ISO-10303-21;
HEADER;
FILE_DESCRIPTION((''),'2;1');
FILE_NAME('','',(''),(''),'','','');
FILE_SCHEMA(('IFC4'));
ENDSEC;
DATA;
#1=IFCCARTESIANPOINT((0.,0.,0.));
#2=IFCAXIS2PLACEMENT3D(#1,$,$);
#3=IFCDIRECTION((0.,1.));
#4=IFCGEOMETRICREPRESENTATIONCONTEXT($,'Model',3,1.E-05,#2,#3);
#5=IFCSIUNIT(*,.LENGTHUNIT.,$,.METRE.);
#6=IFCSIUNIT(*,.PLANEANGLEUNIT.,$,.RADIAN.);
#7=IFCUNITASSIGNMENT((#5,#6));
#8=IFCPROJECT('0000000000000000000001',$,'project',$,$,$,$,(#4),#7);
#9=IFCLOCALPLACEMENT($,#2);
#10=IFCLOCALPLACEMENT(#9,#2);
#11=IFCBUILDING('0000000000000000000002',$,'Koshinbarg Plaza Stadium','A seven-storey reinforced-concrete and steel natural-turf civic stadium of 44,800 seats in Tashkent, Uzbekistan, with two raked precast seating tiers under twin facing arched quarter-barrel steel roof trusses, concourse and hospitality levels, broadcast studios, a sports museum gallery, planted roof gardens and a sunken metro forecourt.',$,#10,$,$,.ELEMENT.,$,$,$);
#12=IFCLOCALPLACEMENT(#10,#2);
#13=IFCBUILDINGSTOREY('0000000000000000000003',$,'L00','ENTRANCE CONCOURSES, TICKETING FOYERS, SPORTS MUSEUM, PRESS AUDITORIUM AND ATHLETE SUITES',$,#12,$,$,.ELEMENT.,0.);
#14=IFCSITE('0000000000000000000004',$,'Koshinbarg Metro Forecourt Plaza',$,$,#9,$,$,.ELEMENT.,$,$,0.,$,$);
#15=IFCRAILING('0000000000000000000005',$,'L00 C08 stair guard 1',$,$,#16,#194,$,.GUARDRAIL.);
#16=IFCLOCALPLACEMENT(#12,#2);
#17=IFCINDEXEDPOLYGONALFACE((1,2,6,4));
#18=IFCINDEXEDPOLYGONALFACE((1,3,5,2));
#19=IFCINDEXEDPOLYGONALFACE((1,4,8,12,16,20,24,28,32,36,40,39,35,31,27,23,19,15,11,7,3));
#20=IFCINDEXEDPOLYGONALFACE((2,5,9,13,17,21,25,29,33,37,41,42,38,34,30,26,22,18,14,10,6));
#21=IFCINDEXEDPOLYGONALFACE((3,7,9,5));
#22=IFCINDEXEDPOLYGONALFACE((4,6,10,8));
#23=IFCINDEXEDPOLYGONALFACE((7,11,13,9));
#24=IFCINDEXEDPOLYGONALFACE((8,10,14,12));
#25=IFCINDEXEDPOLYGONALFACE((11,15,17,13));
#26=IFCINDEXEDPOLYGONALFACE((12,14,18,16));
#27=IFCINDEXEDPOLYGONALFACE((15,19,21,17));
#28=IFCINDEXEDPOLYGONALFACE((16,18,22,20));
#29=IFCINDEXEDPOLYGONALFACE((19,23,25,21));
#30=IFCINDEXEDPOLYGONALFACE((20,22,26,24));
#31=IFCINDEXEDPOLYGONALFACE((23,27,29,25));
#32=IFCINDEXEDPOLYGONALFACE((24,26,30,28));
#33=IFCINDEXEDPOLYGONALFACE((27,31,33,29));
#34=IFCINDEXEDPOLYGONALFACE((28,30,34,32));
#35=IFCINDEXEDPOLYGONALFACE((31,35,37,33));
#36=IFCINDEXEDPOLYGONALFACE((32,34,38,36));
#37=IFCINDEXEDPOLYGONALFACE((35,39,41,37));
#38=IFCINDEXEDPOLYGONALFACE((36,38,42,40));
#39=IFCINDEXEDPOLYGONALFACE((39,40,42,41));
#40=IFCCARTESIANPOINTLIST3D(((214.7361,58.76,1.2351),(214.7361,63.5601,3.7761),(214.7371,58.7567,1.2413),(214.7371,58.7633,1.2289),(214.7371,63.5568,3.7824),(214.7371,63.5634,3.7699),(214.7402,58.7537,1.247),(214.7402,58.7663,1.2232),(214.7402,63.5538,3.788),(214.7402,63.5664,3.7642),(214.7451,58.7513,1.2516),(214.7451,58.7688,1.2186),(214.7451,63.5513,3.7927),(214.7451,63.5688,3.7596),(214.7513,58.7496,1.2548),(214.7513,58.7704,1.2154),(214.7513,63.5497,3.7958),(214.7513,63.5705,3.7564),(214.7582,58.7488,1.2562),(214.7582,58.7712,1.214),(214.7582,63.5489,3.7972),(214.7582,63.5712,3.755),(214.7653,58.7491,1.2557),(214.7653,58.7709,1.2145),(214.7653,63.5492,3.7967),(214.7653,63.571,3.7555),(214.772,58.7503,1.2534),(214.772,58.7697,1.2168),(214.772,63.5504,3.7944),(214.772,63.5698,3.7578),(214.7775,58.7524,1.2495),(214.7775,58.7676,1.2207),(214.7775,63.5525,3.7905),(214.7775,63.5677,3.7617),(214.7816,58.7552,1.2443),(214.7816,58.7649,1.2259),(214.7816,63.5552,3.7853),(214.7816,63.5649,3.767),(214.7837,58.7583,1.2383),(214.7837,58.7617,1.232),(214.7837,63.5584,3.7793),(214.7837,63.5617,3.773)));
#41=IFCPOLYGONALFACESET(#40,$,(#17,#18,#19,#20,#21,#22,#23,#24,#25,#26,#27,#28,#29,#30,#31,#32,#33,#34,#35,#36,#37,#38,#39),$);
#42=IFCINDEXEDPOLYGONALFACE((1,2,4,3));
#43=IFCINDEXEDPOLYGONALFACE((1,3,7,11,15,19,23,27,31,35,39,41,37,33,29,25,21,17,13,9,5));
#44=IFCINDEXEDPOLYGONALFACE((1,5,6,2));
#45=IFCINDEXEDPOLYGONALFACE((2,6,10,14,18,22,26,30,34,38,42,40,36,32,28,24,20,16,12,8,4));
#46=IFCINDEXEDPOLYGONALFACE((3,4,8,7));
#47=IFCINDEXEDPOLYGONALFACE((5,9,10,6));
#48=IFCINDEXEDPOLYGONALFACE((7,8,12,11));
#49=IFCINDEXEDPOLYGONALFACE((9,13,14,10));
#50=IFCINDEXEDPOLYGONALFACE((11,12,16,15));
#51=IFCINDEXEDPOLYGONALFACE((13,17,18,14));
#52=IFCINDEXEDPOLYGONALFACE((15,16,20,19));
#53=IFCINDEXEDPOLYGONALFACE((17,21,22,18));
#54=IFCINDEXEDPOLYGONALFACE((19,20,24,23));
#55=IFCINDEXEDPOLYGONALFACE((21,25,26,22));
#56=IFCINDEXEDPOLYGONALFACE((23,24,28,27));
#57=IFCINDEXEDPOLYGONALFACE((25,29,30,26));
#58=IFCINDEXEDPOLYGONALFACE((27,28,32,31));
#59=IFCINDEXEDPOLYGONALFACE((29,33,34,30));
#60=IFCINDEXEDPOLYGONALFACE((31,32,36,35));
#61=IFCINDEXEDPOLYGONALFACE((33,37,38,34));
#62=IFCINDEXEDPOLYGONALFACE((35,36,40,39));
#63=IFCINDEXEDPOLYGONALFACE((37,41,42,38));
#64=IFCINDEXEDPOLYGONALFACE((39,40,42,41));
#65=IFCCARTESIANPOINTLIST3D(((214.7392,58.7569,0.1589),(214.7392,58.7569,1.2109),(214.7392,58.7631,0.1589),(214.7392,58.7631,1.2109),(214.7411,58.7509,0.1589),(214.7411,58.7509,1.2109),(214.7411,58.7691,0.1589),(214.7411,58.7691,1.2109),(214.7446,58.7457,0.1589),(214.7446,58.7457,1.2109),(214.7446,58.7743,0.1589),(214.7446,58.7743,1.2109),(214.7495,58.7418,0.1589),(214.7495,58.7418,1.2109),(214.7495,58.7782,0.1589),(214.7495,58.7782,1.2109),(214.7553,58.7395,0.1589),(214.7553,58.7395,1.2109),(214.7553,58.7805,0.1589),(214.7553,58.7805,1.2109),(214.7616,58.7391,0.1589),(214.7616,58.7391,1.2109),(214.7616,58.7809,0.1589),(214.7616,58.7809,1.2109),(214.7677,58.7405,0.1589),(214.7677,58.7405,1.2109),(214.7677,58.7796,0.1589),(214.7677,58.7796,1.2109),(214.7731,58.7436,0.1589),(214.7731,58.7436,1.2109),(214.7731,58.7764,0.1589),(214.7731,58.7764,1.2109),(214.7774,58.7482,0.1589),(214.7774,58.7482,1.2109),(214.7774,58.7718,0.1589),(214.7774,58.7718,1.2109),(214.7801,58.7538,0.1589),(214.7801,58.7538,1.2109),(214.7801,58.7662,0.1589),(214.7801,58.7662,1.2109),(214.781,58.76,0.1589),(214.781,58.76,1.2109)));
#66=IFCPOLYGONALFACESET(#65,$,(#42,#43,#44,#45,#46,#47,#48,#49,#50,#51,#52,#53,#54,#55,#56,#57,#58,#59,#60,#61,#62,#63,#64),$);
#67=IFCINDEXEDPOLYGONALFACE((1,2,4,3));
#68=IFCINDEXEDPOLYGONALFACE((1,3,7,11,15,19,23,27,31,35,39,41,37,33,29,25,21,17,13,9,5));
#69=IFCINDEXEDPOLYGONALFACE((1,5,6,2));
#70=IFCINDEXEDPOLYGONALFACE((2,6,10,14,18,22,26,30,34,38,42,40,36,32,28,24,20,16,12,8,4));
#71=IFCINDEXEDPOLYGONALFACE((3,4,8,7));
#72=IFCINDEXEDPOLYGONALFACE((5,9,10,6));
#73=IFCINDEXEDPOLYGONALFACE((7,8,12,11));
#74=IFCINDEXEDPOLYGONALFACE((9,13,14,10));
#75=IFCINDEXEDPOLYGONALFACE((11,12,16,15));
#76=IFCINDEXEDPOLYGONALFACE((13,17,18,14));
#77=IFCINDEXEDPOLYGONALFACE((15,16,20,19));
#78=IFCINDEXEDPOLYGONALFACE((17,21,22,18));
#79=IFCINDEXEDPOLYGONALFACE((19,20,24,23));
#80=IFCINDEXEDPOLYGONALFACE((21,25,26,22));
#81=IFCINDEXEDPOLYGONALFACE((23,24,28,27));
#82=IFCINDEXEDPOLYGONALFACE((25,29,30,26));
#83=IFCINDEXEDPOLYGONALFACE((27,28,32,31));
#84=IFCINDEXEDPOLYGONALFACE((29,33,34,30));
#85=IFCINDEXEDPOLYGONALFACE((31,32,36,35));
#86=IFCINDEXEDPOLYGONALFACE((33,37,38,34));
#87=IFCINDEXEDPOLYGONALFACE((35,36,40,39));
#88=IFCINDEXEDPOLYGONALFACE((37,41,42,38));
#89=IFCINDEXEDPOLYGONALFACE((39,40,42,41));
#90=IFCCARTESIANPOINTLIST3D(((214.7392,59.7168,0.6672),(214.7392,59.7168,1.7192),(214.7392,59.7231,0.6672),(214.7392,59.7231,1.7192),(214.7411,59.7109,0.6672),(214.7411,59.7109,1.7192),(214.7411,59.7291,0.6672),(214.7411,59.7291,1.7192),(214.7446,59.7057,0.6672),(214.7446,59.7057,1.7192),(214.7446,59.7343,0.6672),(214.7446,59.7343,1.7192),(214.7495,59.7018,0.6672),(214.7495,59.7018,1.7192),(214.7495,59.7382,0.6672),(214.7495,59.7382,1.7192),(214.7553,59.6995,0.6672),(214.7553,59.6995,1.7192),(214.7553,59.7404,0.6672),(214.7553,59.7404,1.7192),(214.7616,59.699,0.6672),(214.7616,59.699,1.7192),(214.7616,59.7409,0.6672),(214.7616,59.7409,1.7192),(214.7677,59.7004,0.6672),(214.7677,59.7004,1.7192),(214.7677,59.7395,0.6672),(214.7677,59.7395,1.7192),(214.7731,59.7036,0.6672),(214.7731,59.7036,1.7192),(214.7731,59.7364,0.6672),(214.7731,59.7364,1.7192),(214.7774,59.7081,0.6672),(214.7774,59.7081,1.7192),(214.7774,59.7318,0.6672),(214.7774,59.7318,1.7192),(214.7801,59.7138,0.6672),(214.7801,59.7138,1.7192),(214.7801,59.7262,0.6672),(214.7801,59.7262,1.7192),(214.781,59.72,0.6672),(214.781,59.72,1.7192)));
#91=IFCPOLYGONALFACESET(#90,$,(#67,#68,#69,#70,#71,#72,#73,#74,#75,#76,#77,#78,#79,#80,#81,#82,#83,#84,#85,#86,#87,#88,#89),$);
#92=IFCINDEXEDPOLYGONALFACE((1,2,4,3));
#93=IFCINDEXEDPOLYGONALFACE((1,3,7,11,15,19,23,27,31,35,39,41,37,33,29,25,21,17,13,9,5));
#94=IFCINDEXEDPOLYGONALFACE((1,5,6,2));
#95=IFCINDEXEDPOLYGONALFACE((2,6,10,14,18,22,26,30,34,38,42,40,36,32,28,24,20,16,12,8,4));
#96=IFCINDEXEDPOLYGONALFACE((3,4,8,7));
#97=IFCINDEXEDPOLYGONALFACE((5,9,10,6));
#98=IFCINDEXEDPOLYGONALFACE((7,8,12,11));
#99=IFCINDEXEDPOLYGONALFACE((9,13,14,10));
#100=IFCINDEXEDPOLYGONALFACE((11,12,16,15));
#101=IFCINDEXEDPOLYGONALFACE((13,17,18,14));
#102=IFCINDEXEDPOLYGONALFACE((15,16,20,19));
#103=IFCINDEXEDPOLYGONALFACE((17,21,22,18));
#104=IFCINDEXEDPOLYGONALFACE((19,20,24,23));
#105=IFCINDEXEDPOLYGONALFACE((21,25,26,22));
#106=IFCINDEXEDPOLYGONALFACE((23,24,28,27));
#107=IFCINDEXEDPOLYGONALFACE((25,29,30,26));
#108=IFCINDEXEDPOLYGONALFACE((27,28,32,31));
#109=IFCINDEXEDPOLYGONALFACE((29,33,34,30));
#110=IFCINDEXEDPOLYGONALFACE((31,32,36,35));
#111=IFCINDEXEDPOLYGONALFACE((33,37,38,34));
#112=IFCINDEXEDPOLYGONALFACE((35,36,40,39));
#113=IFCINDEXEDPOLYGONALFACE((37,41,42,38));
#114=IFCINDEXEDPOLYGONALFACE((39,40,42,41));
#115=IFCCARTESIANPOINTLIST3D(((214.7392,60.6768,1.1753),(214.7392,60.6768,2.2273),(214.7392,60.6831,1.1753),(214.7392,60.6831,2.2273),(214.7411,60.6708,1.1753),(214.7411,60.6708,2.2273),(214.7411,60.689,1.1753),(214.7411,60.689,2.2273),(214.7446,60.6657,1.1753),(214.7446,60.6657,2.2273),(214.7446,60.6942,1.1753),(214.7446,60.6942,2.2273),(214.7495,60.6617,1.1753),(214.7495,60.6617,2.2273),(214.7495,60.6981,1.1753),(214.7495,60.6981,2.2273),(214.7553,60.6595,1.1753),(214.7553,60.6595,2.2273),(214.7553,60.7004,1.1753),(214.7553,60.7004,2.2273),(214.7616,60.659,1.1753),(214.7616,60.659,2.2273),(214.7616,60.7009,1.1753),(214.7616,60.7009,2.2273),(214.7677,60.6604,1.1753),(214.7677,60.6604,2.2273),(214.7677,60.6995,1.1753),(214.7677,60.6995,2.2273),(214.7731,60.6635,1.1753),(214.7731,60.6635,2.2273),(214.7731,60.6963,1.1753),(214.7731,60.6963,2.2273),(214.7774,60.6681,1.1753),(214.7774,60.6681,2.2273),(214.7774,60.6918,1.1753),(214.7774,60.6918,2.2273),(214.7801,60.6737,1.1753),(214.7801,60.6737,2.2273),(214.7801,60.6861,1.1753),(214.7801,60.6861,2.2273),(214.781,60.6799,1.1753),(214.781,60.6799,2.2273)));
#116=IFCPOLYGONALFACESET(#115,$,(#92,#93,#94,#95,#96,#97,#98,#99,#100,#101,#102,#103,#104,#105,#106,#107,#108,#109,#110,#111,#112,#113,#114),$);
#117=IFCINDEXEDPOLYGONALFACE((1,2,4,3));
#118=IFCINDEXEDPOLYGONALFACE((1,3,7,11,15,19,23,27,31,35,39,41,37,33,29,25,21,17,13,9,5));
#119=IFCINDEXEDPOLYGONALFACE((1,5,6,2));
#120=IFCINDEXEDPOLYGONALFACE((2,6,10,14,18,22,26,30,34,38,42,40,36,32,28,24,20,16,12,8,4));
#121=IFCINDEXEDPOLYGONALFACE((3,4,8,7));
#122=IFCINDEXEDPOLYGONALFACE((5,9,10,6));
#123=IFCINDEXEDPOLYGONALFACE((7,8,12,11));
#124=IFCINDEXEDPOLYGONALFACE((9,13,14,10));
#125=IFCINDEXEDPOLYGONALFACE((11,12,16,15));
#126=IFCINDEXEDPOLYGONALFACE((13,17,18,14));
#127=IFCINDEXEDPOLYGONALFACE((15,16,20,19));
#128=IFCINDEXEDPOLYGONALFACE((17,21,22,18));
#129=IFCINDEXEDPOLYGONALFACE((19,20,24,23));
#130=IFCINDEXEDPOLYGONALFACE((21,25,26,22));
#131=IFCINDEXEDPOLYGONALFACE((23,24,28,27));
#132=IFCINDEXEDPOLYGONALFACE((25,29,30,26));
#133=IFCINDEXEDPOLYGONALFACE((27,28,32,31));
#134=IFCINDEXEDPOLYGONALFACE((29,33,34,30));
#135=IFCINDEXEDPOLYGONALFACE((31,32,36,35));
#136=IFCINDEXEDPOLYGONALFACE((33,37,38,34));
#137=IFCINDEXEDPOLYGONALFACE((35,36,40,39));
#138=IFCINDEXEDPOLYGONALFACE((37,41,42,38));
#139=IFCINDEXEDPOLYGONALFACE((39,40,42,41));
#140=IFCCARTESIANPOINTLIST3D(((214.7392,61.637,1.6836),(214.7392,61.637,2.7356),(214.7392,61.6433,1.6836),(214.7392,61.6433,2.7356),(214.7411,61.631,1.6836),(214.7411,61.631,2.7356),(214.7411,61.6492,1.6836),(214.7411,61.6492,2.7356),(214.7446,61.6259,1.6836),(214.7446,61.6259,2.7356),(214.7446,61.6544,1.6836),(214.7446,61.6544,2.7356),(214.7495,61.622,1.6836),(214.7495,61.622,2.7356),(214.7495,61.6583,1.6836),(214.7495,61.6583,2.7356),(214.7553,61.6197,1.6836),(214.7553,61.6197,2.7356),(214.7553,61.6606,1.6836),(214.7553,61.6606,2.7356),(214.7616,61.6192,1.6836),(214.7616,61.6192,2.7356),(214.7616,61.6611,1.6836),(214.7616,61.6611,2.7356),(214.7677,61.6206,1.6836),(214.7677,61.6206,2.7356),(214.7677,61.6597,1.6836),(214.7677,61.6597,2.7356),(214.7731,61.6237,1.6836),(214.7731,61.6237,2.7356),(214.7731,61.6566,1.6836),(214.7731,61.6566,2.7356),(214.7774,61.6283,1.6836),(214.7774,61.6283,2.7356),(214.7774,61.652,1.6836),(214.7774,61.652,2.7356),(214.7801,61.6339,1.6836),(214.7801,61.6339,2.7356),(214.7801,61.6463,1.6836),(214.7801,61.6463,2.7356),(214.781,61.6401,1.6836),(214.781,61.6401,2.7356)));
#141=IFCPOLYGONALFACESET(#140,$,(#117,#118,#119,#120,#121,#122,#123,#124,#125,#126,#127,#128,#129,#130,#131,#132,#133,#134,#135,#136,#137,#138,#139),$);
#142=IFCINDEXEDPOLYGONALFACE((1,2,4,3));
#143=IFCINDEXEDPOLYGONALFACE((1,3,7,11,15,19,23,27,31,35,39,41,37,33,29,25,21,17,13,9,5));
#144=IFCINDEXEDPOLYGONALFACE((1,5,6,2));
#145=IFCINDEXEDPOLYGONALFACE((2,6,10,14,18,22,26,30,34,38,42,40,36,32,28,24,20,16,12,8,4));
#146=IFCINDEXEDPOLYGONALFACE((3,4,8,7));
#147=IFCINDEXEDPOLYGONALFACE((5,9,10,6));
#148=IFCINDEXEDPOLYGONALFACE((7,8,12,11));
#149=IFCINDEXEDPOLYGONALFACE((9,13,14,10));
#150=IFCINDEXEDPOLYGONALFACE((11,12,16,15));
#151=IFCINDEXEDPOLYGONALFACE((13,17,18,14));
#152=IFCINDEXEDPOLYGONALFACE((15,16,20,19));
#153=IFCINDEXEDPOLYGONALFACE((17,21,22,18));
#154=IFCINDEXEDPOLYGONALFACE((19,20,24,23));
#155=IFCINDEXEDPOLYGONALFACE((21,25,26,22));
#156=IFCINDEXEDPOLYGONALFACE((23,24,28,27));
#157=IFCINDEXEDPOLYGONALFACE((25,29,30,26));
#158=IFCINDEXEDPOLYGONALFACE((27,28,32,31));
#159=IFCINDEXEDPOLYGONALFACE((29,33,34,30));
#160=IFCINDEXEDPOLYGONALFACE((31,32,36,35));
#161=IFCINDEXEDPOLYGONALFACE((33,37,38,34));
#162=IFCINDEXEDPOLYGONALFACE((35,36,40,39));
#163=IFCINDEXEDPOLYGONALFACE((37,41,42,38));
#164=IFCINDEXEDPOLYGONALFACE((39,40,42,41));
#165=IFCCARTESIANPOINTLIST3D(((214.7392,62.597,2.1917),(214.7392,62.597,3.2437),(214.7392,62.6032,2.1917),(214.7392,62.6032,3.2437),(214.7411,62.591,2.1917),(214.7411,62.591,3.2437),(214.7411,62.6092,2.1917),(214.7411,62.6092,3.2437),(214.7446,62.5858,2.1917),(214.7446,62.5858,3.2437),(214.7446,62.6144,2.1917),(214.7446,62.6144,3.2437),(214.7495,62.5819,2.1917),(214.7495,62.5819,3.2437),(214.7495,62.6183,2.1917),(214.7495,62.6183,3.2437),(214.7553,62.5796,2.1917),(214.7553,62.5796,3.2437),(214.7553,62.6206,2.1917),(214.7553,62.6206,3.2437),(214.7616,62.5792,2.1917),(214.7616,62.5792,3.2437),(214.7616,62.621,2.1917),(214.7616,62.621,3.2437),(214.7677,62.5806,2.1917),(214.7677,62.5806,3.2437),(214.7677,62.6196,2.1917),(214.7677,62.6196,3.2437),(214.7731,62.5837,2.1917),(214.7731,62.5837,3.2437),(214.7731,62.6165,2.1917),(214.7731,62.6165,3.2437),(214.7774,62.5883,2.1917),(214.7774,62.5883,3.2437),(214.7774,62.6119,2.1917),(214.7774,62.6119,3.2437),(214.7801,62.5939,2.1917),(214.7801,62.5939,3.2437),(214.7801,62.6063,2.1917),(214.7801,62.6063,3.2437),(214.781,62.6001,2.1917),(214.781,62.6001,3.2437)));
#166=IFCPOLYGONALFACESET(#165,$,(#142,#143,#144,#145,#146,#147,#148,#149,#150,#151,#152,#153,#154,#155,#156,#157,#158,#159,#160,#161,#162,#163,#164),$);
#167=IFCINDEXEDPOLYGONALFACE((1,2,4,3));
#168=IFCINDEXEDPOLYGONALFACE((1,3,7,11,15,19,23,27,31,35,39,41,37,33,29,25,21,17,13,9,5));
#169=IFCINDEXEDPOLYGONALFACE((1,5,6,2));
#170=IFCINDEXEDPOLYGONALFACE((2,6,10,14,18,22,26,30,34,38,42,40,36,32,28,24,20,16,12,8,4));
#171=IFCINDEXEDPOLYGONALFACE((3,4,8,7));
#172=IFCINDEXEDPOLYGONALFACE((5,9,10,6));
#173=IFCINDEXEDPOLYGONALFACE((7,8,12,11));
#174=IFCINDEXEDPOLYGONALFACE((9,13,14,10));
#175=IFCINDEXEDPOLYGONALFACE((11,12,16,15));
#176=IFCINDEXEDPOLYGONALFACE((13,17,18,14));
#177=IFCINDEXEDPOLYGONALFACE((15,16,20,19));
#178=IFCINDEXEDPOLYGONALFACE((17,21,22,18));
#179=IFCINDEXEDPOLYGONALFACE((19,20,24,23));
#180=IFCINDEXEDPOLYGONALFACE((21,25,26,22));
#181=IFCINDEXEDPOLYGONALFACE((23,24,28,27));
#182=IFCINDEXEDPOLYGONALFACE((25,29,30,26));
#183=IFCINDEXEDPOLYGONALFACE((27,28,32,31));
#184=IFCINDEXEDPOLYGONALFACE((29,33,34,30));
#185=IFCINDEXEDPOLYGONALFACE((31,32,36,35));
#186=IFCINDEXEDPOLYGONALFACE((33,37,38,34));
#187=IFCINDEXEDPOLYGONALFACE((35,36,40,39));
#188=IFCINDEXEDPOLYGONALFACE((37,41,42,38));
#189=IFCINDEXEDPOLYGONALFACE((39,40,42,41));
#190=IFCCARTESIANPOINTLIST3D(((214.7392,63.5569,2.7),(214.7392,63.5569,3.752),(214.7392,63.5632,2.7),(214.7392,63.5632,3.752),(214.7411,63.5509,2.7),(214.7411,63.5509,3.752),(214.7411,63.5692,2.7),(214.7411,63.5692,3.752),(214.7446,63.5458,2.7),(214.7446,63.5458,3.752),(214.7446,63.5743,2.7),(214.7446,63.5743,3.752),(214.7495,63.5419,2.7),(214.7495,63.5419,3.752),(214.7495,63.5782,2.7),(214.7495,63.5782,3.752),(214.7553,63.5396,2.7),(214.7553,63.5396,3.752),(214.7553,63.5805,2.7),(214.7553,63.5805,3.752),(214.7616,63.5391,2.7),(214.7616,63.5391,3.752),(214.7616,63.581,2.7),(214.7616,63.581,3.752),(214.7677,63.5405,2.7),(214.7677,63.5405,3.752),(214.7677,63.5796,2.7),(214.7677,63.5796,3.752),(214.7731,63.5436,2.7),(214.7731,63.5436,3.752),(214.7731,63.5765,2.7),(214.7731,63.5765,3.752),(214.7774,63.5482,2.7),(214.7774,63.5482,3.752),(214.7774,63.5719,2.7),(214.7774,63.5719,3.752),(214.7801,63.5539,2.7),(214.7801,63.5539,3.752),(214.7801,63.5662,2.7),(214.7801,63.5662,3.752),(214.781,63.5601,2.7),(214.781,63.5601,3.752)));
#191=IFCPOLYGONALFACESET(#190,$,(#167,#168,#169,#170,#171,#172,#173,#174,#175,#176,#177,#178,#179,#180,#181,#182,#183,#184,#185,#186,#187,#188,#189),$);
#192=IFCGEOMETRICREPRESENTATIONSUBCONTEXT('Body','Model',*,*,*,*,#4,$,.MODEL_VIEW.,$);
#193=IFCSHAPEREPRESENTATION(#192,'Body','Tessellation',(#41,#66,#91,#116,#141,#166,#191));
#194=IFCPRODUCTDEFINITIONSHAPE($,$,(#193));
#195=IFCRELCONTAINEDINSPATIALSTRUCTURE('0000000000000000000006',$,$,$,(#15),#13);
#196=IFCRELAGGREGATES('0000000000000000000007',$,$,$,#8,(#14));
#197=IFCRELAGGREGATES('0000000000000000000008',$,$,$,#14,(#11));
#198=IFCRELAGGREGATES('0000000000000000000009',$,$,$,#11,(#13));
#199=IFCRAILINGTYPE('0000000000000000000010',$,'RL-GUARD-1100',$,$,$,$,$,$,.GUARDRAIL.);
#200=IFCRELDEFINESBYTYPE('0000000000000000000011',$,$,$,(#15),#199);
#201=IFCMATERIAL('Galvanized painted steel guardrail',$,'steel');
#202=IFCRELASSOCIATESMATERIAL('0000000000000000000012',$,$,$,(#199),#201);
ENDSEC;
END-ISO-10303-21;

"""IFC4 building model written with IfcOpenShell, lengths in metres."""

from ifc_helpers import new_model, si_unit, direction, frame, origin, origin_2d, place, context, subcontext, project, spatial, circle, extrude, material, type_object, element, save


model = new_model("IFC4")

# Units and contexts
model_context = context("Model", 3, precision=1e-05, world=origin(), true_north=direction((0.0, 1.0)))
body_context = subcontext(model_context, "Body", "Model", "MODEL_VIEW")
ifc_project = project(units=[si_unit("LENGTHUNIT", "METRE"), si_unit("PLANEANGLEUNIT", "RADIAN")], contexts=[model_context])

# Site, building, storey
site_placement = place(None, origin())
site = spatial("IfcSite", under=ifc_project, at=site_placement, Name="Koshinbarg Metro Forecourt Plaza", CompositionType="ELEMENT", RefElevation=0.0)
building_placement = place(site_placement, origin())
building = spatial("IfcBuilding", under=site, at=building_placement, Name="Koshinbarg Plaza Stadium", Description="A seven-storey reinforced-concrete and steel natural-turf civic stadium of 44,800 seats in Tashkent, Uzbekistan, with two raked precast seating tiers under twin facing arched quarter-barrel steel roof trusses, concourse and hospitality levels, broadcast studios, a sports museum gallery, planted roof gardens and a sunken metro forecourt.", CompositionType="ELEMENT")
storey_placement = place(building_placement, origin())
storey = spatial("IfcBuildingStorey", under=building, at=storey_placement, Name="L00", Description="ENTRANCE CONCOURSES, TICKETING FOYERS, SPORTS MUSEUM, PRESS AUDITORIUM AND ATHLETE SUITES", CompositionType="ELEMENT", Elevation=0.0)

# Railing
ifc_material_1 = material(Name="Galvanized painted steel guardrail", Category="steel")
railing_type_1 = type_object("IfcRailingType", Name="RL-GUARD-1100", PredefinedType="GUARDRAIL", material=ifc_material_1)
railing_1_placement = place(storey_placement, frame((214.76, 58.76, 0.1589)))
element("IfcRailing", 1, at=railing_1_placement, inside=storey, type_object=railing_type_1, Name="L00 C08 stair guard 1", PredefinedType="GUARDRAIL", context=body_context, shape_type="SweptSolid", body=[
    extrude(circle(Radius=0.0239, at=origin_2d()), frame((0.0, 0.0, 1.0762), z_axis=(0.0, 0.883802, 0.467861), x_axis=(-1.0, 0.0, 0.0)), (0.0, 0.0, 1.0), 5.4312),
    extrude(circle(Radius=0.021, at=origin_2d()), origin(), (0.0, 0.0, 1.0), 1.052),
    extrude(circle(Radius=0.021, at=origin_2d()), frame((0.0, 0.96, 0.5083)), (0.0, 0.0, 1.0), 1.052),
    extrude(circle(Radius=0.021, at=origin_2d()), frame((0.0, 1.9199, 1.0164)), (0.0, 0.0, 1.0), 1.052),
    extrude(circle(Radius=0.021, at=origin_2d()), frame((0.0, 2.8801, 1.5247)), (0.0, 0.0, 1.0), 1.052),
    extrude(circle(Radius=0.021, at=origin_2d()), frame((0.0, 3.8401, 2.0327)), (0.0, 0.0, 1.0), 1.052),
    extrude(circle(Radius=0.021, at=origin_2d()), frame((0.0, 4.8, 2.541)), (0.0, 0.0, 1.0), 1.052),
])

save(model, "model.ifc")
